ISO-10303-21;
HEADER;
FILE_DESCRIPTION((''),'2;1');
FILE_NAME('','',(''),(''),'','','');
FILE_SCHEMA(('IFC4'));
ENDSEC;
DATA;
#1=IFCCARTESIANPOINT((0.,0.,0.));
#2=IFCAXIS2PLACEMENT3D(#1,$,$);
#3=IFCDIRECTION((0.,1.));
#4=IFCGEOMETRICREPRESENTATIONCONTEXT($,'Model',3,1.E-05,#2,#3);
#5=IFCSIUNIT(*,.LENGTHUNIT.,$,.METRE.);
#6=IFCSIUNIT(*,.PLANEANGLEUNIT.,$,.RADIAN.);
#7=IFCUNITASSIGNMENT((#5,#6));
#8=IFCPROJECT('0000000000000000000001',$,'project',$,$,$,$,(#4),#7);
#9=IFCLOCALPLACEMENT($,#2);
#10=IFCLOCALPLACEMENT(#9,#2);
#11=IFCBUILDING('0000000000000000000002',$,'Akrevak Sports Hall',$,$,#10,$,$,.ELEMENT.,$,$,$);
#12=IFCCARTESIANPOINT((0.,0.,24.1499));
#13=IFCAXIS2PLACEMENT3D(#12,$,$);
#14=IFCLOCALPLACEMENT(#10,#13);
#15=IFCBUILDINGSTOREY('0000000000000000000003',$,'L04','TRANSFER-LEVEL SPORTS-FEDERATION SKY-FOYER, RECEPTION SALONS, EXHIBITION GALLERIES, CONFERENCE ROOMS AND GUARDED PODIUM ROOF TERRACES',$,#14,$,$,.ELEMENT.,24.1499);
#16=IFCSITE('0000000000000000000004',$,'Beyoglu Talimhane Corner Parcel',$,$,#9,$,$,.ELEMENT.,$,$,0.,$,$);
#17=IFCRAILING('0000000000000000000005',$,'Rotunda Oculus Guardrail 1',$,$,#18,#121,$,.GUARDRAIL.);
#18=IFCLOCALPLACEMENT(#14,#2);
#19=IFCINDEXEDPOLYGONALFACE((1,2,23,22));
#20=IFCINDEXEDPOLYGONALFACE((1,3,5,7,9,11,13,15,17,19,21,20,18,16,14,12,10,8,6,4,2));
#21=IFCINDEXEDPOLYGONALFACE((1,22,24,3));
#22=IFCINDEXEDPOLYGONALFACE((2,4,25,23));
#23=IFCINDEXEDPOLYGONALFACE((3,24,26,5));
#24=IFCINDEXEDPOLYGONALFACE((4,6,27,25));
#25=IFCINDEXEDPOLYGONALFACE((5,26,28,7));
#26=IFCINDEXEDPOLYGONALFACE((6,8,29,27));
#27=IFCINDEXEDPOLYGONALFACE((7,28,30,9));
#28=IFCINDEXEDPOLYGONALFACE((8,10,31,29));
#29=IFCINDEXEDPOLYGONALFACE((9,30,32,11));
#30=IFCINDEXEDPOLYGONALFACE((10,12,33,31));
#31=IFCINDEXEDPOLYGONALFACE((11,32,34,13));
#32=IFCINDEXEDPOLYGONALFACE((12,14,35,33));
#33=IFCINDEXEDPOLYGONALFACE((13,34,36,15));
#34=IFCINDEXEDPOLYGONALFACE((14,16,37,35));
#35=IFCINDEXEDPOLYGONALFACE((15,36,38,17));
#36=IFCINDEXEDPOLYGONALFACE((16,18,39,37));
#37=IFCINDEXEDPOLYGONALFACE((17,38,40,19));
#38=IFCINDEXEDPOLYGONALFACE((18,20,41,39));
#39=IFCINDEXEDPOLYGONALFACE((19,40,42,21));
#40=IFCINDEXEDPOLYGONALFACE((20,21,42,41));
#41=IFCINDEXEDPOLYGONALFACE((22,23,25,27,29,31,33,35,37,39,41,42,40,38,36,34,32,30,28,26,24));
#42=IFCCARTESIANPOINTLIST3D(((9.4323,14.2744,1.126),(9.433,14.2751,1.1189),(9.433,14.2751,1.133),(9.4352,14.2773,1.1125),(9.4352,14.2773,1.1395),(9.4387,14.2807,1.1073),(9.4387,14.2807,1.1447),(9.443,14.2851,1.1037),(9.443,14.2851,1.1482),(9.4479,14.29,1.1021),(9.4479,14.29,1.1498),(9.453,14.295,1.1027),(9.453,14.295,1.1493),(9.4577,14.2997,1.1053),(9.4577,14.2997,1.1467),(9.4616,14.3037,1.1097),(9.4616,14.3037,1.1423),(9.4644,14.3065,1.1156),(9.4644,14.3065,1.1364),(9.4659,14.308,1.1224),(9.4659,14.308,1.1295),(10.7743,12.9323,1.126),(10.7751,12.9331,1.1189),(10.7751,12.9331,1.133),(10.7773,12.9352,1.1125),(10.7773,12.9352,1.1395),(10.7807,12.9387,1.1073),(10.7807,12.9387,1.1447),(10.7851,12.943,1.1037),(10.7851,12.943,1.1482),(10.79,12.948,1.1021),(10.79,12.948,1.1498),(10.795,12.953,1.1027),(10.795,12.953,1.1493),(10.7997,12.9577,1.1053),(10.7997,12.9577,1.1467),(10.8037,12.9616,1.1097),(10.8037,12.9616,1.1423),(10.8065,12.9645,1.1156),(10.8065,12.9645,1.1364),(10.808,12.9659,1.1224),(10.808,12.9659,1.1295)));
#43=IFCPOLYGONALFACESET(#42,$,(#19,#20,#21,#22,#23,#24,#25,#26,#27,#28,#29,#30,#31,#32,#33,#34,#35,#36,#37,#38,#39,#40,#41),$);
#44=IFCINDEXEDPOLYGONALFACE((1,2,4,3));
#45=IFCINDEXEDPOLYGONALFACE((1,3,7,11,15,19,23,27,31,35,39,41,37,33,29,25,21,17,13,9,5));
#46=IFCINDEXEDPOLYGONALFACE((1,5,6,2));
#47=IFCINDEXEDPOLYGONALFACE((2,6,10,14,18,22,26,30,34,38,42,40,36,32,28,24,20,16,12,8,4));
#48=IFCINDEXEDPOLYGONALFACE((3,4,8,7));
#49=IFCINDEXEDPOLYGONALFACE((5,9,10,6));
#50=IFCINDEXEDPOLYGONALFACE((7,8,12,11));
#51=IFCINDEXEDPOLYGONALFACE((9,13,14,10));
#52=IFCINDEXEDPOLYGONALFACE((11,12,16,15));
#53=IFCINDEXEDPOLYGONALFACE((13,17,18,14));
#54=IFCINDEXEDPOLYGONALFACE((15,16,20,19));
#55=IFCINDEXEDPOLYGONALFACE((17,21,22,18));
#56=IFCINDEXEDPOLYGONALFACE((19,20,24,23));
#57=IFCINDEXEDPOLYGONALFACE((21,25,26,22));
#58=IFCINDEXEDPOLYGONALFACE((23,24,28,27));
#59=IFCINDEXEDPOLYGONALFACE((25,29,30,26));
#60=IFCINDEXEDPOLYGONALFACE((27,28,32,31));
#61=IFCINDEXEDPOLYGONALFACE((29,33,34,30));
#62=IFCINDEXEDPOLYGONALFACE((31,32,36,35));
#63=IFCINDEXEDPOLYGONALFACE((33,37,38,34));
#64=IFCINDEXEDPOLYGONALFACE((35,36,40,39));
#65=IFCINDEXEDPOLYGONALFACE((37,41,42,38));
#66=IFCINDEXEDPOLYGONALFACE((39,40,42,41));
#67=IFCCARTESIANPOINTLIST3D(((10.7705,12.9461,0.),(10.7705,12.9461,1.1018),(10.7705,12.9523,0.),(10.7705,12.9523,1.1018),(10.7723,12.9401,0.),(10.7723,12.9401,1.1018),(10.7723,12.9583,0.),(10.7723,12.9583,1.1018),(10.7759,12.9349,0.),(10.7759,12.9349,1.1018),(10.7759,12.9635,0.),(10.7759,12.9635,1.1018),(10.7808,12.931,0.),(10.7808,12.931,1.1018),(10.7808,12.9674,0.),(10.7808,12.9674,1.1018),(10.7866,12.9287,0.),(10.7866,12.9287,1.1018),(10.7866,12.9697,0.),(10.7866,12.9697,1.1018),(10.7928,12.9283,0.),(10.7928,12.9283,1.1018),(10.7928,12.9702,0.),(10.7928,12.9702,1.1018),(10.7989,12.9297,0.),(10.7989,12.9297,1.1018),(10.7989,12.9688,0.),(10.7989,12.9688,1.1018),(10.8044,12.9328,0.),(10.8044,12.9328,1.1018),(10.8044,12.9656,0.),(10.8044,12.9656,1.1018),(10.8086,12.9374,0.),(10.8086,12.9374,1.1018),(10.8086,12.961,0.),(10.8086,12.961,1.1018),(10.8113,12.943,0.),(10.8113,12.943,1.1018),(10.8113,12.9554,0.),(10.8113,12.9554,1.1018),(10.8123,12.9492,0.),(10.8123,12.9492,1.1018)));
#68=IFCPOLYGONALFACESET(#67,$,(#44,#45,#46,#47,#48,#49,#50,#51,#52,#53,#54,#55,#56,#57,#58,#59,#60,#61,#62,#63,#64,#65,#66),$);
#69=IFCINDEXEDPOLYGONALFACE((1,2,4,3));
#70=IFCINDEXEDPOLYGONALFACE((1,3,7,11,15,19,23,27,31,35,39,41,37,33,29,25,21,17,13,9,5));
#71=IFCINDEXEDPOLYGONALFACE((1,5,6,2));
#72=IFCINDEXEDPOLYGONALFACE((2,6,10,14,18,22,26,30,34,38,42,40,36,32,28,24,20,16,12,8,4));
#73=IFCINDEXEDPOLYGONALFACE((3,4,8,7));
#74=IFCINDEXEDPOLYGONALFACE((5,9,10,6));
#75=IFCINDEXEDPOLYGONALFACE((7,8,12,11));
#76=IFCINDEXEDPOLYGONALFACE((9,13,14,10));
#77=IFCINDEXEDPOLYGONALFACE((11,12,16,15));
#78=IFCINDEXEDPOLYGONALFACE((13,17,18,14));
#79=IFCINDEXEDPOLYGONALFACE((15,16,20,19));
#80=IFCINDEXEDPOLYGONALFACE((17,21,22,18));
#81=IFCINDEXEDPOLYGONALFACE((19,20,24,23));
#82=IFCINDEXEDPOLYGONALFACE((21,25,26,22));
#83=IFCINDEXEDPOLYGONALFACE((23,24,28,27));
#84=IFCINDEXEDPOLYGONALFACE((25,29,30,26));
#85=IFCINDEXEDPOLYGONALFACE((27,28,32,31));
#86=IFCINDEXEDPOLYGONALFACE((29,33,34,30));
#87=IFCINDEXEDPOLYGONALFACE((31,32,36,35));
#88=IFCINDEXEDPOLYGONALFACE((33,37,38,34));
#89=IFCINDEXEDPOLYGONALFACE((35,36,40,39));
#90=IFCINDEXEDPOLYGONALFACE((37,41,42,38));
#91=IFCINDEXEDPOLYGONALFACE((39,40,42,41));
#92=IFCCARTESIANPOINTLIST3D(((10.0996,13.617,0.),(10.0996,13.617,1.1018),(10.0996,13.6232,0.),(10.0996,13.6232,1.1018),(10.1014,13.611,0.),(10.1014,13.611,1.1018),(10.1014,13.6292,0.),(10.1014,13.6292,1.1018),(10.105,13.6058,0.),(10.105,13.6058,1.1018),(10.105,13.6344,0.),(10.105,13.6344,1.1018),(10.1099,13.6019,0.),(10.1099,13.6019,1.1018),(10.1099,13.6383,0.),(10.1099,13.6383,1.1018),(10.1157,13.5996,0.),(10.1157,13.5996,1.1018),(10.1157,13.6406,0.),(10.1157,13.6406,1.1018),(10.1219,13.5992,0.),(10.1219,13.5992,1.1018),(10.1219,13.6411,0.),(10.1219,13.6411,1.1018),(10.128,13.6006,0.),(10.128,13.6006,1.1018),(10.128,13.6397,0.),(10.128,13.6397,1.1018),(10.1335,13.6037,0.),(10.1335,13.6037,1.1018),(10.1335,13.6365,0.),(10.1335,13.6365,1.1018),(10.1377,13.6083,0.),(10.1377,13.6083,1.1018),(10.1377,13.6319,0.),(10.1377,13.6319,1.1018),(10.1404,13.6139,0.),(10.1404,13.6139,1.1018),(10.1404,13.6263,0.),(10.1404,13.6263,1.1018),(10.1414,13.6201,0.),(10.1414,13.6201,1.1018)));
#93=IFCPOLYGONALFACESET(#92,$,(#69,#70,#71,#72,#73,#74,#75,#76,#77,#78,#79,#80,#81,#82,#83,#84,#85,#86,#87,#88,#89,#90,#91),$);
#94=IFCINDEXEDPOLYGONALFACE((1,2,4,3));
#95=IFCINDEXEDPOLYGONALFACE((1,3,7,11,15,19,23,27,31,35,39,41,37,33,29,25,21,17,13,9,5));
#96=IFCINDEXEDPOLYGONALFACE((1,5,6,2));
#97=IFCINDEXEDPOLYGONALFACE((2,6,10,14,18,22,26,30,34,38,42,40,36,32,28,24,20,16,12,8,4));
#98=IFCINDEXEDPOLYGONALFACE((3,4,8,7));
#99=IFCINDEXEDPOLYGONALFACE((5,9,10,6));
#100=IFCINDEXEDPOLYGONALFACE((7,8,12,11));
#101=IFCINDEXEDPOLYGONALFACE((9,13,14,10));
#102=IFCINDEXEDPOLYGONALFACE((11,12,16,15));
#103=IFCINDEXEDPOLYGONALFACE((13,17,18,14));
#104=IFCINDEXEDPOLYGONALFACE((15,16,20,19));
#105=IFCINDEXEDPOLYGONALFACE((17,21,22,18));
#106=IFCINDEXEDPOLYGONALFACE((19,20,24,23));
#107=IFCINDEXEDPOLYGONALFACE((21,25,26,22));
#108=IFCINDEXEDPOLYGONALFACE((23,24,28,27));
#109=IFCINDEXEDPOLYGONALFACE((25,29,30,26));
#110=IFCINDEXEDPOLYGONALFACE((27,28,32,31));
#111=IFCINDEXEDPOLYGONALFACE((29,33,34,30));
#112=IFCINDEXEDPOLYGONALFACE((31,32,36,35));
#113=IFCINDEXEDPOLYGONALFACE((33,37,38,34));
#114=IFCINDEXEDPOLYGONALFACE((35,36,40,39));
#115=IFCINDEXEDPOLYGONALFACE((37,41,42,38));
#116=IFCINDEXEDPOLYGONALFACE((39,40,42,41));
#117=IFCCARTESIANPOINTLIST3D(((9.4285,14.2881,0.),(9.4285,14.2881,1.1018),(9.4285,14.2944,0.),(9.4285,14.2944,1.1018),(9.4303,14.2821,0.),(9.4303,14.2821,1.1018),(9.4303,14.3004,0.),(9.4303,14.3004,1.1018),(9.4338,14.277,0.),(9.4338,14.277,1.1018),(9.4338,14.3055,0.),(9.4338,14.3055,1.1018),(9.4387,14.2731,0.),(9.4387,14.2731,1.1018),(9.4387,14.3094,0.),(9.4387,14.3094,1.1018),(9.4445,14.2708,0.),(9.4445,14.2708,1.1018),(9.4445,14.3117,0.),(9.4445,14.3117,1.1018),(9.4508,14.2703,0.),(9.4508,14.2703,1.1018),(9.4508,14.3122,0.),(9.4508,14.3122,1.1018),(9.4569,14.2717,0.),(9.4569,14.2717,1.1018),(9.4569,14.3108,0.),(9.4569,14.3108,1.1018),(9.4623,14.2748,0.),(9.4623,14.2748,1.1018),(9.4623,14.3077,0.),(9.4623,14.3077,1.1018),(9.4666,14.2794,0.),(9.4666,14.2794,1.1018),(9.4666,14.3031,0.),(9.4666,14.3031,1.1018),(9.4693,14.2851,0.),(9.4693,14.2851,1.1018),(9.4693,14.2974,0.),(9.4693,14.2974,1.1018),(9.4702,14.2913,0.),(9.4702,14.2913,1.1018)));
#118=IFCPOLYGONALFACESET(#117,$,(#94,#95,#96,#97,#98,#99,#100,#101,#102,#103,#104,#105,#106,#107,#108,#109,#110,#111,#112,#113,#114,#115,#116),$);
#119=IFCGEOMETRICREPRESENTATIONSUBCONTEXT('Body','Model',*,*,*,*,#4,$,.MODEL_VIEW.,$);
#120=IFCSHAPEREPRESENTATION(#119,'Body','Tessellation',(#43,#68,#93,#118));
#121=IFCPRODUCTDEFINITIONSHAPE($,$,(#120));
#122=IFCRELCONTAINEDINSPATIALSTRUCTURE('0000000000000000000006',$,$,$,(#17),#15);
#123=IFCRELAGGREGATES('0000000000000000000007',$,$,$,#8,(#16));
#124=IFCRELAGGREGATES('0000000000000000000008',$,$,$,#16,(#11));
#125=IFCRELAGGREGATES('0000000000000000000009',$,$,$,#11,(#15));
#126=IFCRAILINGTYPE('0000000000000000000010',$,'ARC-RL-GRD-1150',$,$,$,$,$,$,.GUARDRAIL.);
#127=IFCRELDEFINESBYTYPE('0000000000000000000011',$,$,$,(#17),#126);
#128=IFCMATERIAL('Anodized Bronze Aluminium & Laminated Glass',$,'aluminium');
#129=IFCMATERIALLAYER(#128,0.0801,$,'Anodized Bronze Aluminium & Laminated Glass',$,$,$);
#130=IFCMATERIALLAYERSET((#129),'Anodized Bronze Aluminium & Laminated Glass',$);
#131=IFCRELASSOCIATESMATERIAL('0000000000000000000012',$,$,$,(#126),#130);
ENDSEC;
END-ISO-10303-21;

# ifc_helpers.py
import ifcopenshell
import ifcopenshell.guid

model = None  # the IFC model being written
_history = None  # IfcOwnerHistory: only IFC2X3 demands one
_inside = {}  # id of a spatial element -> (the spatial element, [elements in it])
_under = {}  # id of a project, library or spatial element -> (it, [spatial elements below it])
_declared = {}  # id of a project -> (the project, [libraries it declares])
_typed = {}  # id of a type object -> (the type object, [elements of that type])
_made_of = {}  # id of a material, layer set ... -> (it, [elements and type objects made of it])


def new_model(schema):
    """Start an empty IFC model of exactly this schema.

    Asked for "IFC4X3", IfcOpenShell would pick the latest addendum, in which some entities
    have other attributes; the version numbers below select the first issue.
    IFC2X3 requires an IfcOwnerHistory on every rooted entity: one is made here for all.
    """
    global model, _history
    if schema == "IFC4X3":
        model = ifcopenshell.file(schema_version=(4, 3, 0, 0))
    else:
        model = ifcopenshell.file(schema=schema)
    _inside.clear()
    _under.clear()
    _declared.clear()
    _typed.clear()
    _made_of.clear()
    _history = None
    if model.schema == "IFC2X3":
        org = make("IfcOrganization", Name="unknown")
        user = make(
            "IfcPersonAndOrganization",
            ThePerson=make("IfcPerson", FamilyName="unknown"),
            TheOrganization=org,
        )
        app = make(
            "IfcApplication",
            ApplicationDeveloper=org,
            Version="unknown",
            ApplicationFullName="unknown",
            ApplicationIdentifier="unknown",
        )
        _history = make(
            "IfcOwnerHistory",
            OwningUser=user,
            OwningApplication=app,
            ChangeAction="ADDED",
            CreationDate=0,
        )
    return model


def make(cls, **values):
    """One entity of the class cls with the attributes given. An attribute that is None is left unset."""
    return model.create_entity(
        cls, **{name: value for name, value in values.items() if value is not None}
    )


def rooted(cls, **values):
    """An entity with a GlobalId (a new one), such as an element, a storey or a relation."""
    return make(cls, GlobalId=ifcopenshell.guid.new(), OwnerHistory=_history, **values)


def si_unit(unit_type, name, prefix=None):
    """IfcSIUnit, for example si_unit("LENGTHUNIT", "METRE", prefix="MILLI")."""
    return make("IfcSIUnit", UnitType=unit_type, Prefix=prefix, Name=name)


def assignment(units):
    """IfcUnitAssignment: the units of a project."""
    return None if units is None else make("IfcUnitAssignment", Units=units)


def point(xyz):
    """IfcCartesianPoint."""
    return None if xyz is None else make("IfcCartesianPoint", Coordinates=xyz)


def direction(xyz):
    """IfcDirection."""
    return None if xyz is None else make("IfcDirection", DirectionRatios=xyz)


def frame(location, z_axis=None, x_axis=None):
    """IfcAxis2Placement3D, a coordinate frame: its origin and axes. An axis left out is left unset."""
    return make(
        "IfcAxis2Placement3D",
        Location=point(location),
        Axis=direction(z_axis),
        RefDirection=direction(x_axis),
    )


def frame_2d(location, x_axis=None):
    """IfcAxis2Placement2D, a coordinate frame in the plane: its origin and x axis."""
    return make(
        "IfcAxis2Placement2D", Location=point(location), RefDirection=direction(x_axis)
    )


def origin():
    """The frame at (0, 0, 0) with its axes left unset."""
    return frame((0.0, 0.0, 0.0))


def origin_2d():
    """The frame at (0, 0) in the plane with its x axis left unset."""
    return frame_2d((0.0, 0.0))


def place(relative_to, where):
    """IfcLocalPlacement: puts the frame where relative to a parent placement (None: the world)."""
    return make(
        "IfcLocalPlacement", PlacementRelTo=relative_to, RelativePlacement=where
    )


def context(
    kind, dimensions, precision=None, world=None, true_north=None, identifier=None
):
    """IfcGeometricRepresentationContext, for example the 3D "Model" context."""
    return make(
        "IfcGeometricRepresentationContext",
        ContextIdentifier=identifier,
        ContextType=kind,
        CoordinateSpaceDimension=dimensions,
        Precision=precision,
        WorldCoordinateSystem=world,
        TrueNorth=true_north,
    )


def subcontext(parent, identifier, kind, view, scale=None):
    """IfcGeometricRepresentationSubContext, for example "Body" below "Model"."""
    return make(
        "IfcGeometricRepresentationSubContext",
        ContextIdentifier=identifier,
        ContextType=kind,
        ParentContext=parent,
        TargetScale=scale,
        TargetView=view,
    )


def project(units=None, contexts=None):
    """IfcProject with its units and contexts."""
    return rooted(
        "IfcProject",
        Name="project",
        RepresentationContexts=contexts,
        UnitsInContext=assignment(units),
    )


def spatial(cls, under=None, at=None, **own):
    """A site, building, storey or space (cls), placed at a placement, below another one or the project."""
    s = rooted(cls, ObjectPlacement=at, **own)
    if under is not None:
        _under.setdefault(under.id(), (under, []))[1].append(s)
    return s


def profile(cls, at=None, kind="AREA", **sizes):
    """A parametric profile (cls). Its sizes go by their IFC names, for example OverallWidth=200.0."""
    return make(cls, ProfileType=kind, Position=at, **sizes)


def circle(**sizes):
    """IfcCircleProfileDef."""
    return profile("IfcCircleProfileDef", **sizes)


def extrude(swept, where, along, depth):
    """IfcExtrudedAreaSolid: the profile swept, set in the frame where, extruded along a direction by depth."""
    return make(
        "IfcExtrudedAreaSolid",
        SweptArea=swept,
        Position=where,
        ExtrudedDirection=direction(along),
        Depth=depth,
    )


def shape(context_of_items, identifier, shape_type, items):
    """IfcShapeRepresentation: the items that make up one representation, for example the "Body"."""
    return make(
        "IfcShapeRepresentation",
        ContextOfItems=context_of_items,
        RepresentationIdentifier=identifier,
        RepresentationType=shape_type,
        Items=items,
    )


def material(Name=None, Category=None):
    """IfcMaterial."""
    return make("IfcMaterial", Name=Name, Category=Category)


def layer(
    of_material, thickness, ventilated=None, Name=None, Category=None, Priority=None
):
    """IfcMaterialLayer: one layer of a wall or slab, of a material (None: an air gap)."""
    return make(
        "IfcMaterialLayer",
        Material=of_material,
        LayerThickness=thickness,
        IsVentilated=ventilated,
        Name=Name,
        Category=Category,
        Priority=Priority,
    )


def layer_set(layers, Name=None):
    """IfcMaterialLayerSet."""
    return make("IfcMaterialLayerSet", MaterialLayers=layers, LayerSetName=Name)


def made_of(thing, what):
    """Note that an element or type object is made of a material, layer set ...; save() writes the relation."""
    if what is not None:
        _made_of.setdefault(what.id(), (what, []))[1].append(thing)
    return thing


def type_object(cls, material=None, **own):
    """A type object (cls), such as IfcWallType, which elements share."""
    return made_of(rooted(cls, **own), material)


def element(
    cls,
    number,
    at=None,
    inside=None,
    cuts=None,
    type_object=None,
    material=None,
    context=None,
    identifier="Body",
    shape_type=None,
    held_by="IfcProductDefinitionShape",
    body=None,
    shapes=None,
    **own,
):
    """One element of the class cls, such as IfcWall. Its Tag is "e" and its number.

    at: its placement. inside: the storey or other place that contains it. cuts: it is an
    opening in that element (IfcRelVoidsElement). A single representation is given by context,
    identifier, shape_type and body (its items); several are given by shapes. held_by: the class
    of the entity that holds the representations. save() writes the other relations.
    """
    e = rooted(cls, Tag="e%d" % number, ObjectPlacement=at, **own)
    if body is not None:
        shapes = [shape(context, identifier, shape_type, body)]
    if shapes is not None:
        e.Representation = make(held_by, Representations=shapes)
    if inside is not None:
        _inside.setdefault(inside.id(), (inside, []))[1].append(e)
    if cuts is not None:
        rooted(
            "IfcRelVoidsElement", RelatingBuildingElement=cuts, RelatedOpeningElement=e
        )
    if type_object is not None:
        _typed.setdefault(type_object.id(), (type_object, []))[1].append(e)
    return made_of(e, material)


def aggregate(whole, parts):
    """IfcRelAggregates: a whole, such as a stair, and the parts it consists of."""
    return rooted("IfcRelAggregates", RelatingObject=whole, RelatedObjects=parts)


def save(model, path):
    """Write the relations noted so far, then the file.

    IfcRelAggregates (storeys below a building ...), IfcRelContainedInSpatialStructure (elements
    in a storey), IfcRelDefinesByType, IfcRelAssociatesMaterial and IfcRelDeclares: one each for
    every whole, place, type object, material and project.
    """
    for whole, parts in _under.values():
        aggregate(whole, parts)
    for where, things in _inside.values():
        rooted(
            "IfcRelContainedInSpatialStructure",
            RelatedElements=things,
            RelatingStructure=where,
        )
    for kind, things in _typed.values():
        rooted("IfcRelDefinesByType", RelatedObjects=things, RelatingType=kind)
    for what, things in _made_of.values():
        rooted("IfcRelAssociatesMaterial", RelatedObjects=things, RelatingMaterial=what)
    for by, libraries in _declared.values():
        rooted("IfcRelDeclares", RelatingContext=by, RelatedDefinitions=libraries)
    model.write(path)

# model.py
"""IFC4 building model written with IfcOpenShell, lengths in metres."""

from ifc_helpers import new_model, si_unit, direction, frame, origin, origin_2d, place, context, subcontext, project, spatial, circle, extrude, material, layer, layer_set, type_object, element, save


model = new_model("IFC4")

# Units and contexts
model_context = context("Model", 3, precision=1e-05, world=origin(), true_north=direction((0.0, 1.0)))
body_context = subcontext(model_context, "Body", "Model", "MODEL_VIEW")
ifc_project = project(units=[si_unit("LENGTHUNIT", "METRE"), si_unit("PLANEANGLEUNIT", "RADIAN")], contexts=[model_context])

# Site, building, storey
site_placement = place(None, origin())
site = spatial("IfcSite", under=ifc_project, at=site_placement, Name="Beyoglu Talimhane Corner Parcel", CompositionType="ELEMENT", RefElevation=0.0)
building_placement = place(site_placement, origin())
building = spatial("IfcBuilding", under=site, at=building_placement, Name="Akrevak Sports Hall", CompositionType="ELEMENT")
storey_placement = place(building_placement, frame((0.0, 0.0, 24.1499)))
storey = spatial("IfcBuildingStorey", under=building, at=storey_placement, Name="L04", Description="TRANSFER-LEVEL SPORTS-FEDERATION SKY-FOYER, RECEPTION SALONS, EXHIBITION GALLERIES, CONFERENCE ROOMS AND GUARDED PODIUM ROOF TERRACES", CompositionType="ELEMENT", Elevation=24.1499)

# Railing
ifc_material_1 = material(Name="Anodized Bronze Aluminium & Laminated Glass", Category="aluminium")
ifc_layer_1 = layer(ifc_material_1, 0.0801, Name="Anodized Bronze Aluminium & Laminated Glass")
ifc_layer_set_1 = layer_set([ifc_layer_1], Name="Anodized Bronze Aluminium & Laminated Glass")
railing_type = type_object("IfcRailingType", Name="ARC-RL-GRD-1150", PredefinedType="GUARDRAIL", material=ifc_layer_set_1)
railing_1_placement = place(storey_placement, frame((10.7913, 12.9492, 0.0)))
element("IfcRailing", 1, at=railing_1_placement, inside=storey, type_object=railing_type, Name="Rotunda Oculus Guardrail 1", PredefinedType="GUARDRAIL", context=body_context, shape_type="SweptSolid", body=[
    extrude(circle(Radius=0.0239, at=origin_2d()), frame((0.0, 0.0, 1.126), z_axis=(-0.707107, 0.707107, 0.0), x_axis=(-0.707107, -0.707107, 0.0)), (0.0, 0.0, 1.0), 1.8979),
    extrude(circle(Radius=0.021, at=origin_2d()), origin(), (0.0, 0.0, 1.0), 1.1018),
    extrude(circle(Radius=0.021, at=origin_2d()), frame((-0.6709, 0.6709, 0.0)), (0.0, 0.0, 1.0), 1.1018),
    extrude(circle(Radius=0.021, at=origin_2d()), frame((-1.342, 1.342, 0.0)), (0.0, 0.0, 1.0), 1.1018),
])

save(model, "model.ifc")
